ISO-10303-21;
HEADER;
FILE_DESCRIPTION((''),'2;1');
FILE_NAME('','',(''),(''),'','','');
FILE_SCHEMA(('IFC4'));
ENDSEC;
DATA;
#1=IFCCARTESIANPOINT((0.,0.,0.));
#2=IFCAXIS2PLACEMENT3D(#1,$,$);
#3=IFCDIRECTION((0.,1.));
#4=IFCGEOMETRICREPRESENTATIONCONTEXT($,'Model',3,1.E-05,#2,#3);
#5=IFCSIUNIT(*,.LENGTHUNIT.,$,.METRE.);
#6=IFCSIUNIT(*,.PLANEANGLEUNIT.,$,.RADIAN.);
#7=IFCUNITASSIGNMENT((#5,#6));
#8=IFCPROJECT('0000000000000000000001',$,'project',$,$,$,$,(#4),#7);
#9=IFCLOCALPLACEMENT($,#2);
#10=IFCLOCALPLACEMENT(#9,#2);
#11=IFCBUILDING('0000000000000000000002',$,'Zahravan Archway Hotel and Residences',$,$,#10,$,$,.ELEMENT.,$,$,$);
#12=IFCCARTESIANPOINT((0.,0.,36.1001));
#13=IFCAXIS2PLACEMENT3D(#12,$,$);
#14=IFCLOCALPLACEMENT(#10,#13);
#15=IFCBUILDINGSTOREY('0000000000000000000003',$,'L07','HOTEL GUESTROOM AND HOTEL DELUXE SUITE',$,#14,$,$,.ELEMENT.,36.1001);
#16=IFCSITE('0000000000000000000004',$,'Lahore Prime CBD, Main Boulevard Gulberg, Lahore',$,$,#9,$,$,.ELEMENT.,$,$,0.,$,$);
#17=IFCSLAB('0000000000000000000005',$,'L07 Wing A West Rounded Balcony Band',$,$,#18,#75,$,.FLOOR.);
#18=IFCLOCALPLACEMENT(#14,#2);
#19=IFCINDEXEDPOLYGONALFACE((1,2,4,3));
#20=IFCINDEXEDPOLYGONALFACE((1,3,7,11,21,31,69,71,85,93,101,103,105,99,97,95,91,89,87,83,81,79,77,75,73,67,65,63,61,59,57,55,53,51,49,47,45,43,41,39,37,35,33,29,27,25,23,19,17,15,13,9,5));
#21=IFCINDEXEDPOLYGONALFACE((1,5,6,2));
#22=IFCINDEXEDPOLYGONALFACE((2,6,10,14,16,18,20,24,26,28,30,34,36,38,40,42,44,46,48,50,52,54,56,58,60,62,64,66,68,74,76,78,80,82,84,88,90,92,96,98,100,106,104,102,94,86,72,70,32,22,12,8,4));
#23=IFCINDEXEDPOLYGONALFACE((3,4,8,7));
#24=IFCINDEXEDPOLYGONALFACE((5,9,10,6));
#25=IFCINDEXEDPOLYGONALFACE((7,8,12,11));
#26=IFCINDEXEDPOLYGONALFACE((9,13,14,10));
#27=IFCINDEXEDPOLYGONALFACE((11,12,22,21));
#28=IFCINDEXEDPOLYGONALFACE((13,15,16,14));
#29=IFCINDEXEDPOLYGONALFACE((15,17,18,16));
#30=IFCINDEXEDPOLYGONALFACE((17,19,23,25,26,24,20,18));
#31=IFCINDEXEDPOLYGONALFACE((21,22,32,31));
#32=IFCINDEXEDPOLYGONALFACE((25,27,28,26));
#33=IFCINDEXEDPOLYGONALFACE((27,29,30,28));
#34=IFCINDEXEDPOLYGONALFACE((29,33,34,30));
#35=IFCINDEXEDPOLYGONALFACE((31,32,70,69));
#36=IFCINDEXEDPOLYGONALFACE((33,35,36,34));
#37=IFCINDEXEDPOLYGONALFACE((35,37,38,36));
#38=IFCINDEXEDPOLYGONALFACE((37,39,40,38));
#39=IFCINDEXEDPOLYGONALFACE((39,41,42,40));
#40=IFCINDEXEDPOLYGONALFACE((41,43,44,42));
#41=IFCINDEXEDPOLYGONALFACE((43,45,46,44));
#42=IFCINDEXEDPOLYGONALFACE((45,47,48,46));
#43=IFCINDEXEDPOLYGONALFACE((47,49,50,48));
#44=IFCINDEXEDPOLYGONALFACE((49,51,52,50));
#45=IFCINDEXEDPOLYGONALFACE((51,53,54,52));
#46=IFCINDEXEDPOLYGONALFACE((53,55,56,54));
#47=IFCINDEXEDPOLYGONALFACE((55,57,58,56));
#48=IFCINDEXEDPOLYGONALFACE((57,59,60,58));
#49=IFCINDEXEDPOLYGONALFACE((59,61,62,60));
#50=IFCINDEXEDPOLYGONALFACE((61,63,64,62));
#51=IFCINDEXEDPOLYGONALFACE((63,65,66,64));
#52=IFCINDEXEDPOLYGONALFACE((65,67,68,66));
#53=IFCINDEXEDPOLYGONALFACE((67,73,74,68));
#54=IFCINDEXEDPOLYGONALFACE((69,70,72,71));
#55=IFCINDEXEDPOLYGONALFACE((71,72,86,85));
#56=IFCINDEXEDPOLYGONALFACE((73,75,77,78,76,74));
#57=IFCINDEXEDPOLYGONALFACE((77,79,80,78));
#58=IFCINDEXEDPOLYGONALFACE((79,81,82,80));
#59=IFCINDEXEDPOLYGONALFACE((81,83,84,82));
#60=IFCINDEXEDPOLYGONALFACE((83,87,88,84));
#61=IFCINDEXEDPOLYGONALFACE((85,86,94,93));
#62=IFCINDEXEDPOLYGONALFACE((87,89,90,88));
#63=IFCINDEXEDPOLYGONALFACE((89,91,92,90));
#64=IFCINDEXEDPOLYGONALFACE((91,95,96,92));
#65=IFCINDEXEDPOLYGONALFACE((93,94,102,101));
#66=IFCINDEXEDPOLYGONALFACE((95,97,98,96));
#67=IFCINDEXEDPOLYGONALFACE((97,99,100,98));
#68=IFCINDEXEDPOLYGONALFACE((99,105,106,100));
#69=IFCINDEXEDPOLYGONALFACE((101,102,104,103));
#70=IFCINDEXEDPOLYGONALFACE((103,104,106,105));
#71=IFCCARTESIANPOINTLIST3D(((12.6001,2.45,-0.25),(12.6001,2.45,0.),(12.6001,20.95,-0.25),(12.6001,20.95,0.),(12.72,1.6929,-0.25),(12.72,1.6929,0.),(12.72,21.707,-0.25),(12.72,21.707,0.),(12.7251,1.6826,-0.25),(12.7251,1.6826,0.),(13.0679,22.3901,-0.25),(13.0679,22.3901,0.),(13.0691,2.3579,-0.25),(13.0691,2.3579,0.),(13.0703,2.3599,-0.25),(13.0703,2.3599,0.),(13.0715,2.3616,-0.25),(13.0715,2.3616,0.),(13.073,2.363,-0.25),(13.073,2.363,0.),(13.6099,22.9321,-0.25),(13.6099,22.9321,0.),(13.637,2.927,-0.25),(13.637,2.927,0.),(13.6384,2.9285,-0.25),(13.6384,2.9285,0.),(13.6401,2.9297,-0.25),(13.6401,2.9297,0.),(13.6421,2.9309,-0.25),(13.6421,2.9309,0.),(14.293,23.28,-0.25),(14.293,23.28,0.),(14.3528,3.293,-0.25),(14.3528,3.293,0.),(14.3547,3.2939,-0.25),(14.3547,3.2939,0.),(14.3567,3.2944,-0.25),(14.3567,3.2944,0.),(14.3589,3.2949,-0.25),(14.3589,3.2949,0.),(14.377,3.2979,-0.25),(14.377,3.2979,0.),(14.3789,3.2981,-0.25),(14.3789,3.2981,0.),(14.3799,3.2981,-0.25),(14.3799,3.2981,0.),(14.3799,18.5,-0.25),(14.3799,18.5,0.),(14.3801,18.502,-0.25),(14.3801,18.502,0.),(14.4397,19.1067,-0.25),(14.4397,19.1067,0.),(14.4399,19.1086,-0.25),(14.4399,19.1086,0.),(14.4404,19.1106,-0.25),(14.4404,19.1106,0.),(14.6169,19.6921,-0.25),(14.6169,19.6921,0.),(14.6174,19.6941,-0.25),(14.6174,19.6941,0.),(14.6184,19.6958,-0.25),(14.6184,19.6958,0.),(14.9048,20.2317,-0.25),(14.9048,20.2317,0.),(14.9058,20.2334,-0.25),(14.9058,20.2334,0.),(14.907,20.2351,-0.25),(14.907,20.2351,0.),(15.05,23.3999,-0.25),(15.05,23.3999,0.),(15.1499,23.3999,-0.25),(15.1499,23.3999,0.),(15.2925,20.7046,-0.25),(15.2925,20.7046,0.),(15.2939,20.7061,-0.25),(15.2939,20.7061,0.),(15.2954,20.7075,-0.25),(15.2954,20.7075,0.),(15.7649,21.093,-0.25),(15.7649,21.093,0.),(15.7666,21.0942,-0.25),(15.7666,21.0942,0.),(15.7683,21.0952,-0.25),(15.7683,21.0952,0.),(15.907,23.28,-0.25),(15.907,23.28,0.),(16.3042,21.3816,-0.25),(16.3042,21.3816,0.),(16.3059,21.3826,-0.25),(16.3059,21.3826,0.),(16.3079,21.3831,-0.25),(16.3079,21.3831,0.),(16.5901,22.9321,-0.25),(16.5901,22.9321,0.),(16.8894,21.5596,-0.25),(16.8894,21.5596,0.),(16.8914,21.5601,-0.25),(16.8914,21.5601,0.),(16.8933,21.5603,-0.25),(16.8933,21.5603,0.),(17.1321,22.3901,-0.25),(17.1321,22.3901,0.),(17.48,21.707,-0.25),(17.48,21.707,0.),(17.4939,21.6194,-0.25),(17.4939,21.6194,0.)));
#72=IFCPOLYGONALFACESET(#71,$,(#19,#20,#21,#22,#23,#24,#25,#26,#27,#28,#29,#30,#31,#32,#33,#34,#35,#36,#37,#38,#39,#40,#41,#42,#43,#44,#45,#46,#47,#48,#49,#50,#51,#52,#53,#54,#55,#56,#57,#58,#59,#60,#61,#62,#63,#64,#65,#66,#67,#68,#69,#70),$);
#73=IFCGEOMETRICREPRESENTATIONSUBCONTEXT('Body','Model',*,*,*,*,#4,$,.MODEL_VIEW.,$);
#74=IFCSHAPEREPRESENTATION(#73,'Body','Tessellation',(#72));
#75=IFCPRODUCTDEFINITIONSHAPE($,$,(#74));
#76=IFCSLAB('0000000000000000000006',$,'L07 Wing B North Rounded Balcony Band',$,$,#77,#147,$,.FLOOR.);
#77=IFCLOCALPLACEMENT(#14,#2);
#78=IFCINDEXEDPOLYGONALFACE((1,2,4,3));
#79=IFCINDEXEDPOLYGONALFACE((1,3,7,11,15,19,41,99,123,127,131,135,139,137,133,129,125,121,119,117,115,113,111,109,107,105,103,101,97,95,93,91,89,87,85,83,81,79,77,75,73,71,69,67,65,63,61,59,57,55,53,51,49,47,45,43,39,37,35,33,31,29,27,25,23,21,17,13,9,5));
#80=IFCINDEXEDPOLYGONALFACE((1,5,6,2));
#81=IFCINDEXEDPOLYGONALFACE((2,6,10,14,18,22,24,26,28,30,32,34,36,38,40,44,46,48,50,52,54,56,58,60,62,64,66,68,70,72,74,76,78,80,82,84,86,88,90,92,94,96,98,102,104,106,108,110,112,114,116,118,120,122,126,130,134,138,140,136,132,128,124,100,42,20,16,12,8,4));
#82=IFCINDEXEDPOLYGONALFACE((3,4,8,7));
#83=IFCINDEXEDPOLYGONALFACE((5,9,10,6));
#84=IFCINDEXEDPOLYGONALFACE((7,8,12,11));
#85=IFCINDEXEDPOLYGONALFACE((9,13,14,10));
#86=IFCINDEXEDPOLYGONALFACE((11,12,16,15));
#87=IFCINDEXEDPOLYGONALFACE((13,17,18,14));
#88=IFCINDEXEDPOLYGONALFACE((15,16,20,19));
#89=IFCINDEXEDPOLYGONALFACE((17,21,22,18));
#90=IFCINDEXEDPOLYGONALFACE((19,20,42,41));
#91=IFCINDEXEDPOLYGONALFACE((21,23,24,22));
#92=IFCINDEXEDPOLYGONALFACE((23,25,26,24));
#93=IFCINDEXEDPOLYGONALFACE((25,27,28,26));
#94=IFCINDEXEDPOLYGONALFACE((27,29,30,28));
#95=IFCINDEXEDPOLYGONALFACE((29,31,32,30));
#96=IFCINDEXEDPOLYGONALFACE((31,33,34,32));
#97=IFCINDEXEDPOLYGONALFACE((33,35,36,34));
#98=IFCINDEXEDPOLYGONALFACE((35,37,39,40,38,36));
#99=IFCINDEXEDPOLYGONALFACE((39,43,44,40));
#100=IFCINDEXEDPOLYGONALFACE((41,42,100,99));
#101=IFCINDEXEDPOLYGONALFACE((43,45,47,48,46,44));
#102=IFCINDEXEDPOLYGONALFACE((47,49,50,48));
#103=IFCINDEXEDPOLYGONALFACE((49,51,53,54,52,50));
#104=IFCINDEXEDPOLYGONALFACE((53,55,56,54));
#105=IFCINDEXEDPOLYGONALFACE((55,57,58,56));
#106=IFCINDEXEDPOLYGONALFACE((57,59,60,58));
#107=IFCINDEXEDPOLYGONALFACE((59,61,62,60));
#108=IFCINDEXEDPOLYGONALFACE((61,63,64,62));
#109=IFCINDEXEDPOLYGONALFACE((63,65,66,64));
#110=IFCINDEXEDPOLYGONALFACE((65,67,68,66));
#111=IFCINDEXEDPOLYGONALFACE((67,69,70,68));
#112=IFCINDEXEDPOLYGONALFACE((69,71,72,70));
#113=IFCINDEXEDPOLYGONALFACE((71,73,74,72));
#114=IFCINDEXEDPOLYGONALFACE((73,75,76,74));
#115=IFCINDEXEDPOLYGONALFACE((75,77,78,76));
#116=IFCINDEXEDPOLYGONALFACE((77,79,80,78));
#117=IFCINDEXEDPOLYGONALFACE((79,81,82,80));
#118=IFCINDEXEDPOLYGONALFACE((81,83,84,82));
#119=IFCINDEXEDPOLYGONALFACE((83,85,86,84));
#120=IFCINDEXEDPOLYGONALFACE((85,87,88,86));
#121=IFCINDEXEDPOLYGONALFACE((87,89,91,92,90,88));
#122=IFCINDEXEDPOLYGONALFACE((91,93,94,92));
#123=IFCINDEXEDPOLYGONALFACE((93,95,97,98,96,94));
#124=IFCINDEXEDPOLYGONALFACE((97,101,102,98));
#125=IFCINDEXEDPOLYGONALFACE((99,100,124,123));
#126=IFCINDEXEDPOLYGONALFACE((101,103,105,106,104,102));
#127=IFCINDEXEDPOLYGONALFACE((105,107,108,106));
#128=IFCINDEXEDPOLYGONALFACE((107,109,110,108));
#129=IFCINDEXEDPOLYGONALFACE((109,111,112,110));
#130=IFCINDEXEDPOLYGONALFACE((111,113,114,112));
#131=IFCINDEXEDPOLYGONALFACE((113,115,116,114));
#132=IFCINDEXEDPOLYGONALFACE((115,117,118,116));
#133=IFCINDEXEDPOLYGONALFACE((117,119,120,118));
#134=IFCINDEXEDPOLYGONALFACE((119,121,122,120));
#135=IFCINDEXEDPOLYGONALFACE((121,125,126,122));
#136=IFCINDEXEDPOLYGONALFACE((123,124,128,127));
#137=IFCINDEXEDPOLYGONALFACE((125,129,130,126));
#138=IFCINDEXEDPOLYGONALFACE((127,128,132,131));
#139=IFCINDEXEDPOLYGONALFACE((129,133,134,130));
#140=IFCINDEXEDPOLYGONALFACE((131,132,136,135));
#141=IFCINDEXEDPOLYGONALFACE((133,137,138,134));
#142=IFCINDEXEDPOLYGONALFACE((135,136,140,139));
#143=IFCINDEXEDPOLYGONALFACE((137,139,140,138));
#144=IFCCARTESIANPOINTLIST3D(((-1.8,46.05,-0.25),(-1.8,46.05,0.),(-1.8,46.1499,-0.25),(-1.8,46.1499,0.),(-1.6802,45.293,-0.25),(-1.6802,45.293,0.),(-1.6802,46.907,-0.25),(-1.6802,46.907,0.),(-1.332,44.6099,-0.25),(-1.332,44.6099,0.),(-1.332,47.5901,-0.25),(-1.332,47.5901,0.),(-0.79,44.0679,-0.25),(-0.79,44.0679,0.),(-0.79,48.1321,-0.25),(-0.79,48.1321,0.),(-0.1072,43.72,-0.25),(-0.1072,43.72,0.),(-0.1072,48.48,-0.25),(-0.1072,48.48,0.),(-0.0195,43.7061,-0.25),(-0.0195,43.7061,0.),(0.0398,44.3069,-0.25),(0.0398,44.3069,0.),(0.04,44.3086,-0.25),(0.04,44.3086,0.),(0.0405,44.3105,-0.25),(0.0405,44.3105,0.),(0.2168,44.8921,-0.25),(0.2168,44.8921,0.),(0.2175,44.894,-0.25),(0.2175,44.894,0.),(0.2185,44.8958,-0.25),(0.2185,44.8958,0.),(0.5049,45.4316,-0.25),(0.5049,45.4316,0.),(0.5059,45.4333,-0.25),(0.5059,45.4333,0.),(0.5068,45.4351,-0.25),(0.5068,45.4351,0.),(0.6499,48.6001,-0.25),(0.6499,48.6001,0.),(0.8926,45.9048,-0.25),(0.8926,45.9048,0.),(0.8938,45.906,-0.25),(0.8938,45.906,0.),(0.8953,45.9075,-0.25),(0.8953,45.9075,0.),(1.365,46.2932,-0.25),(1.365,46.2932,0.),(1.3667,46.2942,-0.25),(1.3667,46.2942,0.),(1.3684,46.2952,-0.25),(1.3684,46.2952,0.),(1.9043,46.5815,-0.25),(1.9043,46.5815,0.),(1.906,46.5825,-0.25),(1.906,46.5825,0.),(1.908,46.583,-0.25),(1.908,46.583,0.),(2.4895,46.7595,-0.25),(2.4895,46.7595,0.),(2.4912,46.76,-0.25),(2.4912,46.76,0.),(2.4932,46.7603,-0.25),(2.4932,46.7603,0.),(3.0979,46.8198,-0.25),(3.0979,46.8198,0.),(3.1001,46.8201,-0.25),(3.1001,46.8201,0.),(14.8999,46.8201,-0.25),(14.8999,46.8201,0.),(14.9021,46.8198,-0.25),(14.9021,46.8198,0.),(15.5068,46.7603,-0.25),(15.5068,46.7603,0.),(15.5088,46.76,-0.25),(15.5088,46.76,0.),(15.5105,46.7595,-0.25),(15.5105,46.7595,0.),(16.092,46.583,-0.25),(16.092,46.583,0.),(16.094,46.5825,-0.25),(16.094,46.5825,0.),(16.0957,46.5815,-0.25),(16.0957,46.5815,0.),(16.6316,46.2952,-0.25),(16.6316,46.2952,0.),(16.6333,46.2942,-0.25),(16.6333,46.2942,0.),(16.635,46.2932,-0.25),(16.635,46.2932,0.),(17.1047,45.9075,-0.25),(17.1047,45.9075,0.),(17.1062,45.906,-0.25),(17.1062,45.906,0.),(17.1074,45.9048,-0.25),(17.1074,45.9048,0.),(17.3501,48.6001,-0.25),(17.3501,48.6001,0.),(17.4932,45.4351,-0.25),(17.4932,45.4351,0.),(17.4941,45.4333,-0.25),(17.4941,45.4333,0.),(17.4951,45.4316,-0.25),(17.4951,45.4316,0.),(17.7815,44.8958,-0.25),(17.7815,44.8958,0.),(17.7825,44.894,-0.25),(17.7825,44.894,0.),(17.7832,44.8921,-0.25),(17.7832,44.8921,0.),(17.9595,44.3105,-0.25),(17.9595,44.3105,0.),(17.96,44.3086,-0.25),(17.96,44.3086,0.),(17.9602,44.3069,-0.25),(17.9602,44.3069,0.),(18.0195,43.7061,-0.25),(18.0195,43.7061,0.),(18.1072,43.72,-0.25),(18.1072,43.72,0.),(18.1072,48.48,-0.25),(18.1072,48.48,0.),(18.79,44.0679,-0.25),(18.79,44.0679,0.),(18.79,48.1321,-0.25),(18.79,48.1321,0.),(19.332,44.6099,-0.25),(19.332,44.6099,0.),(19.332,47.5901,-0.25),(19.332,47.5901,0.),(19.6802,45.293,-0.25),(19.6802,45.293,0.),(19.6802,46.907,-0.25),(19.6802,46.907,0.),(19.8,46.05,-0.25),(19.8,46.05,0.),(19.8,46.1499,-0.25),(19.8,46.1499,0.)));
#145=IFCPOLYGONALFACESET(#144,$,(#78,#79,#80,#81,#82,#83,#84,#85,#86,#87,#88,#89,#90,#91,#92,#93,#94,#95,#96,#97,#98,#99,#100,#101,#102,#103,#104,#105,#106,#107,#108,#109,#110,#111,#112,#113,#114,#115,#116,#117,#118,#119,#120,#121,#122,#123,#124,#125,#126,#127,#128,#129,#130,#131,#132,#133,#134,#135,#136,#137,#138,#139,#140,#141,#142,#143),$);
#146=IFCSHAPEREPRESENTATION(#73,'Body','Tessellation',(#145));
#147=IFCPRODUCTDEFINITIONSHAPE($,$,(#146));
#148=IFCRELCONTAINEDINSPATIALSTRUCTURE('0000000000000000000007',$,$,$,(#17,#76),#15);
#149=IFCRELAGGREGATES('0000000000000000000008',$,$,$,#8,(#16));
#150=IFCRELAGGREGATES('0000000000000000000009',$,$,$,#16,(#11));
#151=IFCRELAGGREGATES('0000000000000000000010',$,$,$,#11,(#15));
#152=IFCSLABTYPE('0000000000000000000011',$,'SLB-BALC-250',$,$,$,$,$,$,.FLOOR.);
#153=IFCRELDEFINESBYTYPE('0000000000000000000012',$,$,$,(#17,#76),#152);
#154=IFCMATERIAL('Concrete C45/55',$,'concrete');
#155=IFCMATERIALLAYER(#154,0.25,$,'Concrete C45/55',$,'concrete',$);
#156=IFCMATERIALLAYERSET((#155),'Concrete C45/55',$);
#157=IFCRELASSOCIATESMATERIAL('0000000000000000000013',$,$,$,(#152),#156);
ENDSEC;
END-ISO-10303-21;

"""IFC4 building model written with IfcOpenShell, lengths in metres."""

from ifc_helpers import new_model, si_unit, direction, frame, origin, place, context, subcontext, project, spatial, polyline, outline, extrude, material, layer, layer_set, type_object, element, save


model = new_model("IFC4")

# Units and contexts
model_context = context("Model", 3, precision=1e-05, world=origin(), true_north=direction((0.0, 1.0)))
body_context = subcontext(model_context, "Body", "Model", "MODEL_VIEW")
ifc_project = project(units=[si_unit("LENGTHUNIT", "METRE"), si_unit("PLANEANGLEUNIT", "RADIAN")], contexts=[model_context])

# Site, building, storey
site_placement = place(None, origin())
site = spatial("IfcSite", under=ifc_project, at=site_placement, Name="Lahore Prime CBD, Main Boulevard Gulberg, Lahore", CompositionType="ELEMENT", RefElevation=0.0)
building_placement = place(site_placement, origin())
building = spatial("IfcBuilding", under=site, at=building_placement, Name="Zahravan Archway Hotel and Residences", CompositionType="ELEMENT")
storey_placement = place(building_placement, frame((0.0, 0.0, 36.1001)))
storey = spatial("IfcBuildingStorey", under=building, at=storey_placement, Name="L07", Description="HOTEL GUESTROOM AND HOTEL DELUXE SUITE", CompositionType="ELEMENT", Elevation=36.1001)

# Slabs
ifc_material_1 = material(Name="Concrete C45/55", Category="concrete")
ifc_layer_1 = layer(ifc_material_1, 0.25, Name="Concrete C45/55", Category="concrete")
ifc_layer_set_1 = layer_set([ifc_layer_1], Name="Concrete C45/55")
slab_type_1 = type_object("IfcSlabType", Name="SLB-BALC-250", PredefinedType="FLOOR", material=ifc_layer_set_1)
slab_1_placement = place(storey_placement, frame((0.0, 0.0, -0.25)))
element("IfcSlab", 1, at=slab_1_placement, inside=storey, type_object=slab_type_1, Name="L07 Wing A West Rounded Balcony Band", PredefinedType="FLOOR", context=body_context, shape_type="SweptSolid", body=[
    extrude(outline(polyline([(12.72, 1.6929), (12.6001, 2.45), (12.6001, 20.95), (12.72, 21.707), (13.0679, 22.3901), (13.6099, 22.9321), (14.293, 23.28), (15.05, 23.3999), (15.1499, 23.3999), (15.907, 23.28), (16.5901, 22.9321), (17.1321, 22.3901), (17.48, 21.707), (17.4939, 21.6194), (16.8933, 21.5603), (16.8914, 21.5601), (16.8894, 21.5596), (16.3079, 21.3831), (16.3059, 21.3826), (16.3042, 21.3816), (15.7683, 21.0952), (15.7666, 21.0942), (15.7649, 21.093), (15.2954, 20.7075), (15.2939, 20.7061), (15.2925, 20.7046), (14.907, 20.2351), (14.9058, 20.2334), (14.9048, 20.2317), (14.6184, 19.6958), (14.6174, 19.6941), (14.6169, 19.6921), (14.4404, 19.1106), (14.4399, 19.1086), (14.4397, 19.1067), (14.3801, 18.502), (14.3799, 18.5), (14.3799, 3.2981), (14.3789, 3.2981), (14.377, 3.2979), (14.3589, 3.2949), (14.3567, 3.2944), (14.3547, 3.2939), (14.3528, 3.293), (13.6421, 2.9309), (13.6401, 2.9297), (13.6384, 2.9285), (13.637, 2.927), (13.073, 2.363), (13.0715, 2.3616), (13.0703, 2.3599), (13.0691, 2.3579), (12.7251, 1.6826), (12.72, 1.6929)])), origin(), (0.0, 0.0, 1.0), 0.25),
])
slab_2_placement = place(storey_placement, frame((0.0, 0.0, -0.25)))
element("IfcSlab", 2, at=slab_2_placement, inside=storey, type_object=slab_type_1, Name="L07 Wing B North Rounded Balcony Band", PredefinedType="FLOOR", context=body_context, shape_type="SweptSolid", body=[
    extrude(outline(polyline([(-0.1072, 43.72), (-0.79, 44.0679), (-1.332, 44.6099), (-1.6802, 45.293), (-1.8, 46.05), (-1.8, 46.1499), (-1.6802, 46.907), (-1.332, 47.5901), (-0.79, 48.1321), (-0.1072, 48.48), (0.6499, 48.6001), (17.3501, 48.6001), (18.1072, 48.48), (18.79, 48.1321), (19.332, 47.5901), (19.6802, 46.907), (19.8, 46.1499), (19.8, 46.05), (19.6802, 45.293), (19.332, 44.6099), (18.79, 44.0679), (18.1072, 43.72), (18.0195, 43.7061), (17.9602, 44.3069), (17.96, 44.3086), (17.9595, 44.3105), (17.7832, 44.8921), (17.7825, 44.894), (17.7815, 44.8958), (17.4951, 45.4316), (17.4941, 45.4333), (17.4932, 45.4351), (17.1074, 45.9048), (17.1062, 45.906), (17.1047, 45.9075), (16.635, 46.2932), (16.6333, 46.2942), (16.6316, 46.2952), (16.0957, 46.5815), (16.094, 46.5825), (16.092, 46.583), (15.5105, 46.7595), (15.5088, 46.76), (15.5068, 46.7603), (14.9021, 46.8198), (14.8999, 46.8201), (3.1001, 46.8201), (3.0979, 46.8198), (2.4932, 46.7603), (2.4912, 46.76), (2.4895, 46.7595), (1.908, 46.583), (1.906, 46.5825), (1.9043, 46.5815), (1.3684, 46.2952), (1.3667, 46.2942), (1.365, 46.2932), (0.8953, 45.9075), (0.8938, 45.906), (0.8926, 45.9048), (0.5068, 45.4351), (0.5059, 45.4333), (0.5049, 45.4316), (0.2185, 44.8958), (0.2175, 44.894), (0.2168, 44.8921), (0.0405, 44.3105), (0.04, 44.3086), (0.0398, 44.3069), (-0.0195, 43.7061), (-0.1072, 43.72)])), origin(), (0.0, 0.0, 1.0), 0.25),
])

save(model, "model.ifc")
